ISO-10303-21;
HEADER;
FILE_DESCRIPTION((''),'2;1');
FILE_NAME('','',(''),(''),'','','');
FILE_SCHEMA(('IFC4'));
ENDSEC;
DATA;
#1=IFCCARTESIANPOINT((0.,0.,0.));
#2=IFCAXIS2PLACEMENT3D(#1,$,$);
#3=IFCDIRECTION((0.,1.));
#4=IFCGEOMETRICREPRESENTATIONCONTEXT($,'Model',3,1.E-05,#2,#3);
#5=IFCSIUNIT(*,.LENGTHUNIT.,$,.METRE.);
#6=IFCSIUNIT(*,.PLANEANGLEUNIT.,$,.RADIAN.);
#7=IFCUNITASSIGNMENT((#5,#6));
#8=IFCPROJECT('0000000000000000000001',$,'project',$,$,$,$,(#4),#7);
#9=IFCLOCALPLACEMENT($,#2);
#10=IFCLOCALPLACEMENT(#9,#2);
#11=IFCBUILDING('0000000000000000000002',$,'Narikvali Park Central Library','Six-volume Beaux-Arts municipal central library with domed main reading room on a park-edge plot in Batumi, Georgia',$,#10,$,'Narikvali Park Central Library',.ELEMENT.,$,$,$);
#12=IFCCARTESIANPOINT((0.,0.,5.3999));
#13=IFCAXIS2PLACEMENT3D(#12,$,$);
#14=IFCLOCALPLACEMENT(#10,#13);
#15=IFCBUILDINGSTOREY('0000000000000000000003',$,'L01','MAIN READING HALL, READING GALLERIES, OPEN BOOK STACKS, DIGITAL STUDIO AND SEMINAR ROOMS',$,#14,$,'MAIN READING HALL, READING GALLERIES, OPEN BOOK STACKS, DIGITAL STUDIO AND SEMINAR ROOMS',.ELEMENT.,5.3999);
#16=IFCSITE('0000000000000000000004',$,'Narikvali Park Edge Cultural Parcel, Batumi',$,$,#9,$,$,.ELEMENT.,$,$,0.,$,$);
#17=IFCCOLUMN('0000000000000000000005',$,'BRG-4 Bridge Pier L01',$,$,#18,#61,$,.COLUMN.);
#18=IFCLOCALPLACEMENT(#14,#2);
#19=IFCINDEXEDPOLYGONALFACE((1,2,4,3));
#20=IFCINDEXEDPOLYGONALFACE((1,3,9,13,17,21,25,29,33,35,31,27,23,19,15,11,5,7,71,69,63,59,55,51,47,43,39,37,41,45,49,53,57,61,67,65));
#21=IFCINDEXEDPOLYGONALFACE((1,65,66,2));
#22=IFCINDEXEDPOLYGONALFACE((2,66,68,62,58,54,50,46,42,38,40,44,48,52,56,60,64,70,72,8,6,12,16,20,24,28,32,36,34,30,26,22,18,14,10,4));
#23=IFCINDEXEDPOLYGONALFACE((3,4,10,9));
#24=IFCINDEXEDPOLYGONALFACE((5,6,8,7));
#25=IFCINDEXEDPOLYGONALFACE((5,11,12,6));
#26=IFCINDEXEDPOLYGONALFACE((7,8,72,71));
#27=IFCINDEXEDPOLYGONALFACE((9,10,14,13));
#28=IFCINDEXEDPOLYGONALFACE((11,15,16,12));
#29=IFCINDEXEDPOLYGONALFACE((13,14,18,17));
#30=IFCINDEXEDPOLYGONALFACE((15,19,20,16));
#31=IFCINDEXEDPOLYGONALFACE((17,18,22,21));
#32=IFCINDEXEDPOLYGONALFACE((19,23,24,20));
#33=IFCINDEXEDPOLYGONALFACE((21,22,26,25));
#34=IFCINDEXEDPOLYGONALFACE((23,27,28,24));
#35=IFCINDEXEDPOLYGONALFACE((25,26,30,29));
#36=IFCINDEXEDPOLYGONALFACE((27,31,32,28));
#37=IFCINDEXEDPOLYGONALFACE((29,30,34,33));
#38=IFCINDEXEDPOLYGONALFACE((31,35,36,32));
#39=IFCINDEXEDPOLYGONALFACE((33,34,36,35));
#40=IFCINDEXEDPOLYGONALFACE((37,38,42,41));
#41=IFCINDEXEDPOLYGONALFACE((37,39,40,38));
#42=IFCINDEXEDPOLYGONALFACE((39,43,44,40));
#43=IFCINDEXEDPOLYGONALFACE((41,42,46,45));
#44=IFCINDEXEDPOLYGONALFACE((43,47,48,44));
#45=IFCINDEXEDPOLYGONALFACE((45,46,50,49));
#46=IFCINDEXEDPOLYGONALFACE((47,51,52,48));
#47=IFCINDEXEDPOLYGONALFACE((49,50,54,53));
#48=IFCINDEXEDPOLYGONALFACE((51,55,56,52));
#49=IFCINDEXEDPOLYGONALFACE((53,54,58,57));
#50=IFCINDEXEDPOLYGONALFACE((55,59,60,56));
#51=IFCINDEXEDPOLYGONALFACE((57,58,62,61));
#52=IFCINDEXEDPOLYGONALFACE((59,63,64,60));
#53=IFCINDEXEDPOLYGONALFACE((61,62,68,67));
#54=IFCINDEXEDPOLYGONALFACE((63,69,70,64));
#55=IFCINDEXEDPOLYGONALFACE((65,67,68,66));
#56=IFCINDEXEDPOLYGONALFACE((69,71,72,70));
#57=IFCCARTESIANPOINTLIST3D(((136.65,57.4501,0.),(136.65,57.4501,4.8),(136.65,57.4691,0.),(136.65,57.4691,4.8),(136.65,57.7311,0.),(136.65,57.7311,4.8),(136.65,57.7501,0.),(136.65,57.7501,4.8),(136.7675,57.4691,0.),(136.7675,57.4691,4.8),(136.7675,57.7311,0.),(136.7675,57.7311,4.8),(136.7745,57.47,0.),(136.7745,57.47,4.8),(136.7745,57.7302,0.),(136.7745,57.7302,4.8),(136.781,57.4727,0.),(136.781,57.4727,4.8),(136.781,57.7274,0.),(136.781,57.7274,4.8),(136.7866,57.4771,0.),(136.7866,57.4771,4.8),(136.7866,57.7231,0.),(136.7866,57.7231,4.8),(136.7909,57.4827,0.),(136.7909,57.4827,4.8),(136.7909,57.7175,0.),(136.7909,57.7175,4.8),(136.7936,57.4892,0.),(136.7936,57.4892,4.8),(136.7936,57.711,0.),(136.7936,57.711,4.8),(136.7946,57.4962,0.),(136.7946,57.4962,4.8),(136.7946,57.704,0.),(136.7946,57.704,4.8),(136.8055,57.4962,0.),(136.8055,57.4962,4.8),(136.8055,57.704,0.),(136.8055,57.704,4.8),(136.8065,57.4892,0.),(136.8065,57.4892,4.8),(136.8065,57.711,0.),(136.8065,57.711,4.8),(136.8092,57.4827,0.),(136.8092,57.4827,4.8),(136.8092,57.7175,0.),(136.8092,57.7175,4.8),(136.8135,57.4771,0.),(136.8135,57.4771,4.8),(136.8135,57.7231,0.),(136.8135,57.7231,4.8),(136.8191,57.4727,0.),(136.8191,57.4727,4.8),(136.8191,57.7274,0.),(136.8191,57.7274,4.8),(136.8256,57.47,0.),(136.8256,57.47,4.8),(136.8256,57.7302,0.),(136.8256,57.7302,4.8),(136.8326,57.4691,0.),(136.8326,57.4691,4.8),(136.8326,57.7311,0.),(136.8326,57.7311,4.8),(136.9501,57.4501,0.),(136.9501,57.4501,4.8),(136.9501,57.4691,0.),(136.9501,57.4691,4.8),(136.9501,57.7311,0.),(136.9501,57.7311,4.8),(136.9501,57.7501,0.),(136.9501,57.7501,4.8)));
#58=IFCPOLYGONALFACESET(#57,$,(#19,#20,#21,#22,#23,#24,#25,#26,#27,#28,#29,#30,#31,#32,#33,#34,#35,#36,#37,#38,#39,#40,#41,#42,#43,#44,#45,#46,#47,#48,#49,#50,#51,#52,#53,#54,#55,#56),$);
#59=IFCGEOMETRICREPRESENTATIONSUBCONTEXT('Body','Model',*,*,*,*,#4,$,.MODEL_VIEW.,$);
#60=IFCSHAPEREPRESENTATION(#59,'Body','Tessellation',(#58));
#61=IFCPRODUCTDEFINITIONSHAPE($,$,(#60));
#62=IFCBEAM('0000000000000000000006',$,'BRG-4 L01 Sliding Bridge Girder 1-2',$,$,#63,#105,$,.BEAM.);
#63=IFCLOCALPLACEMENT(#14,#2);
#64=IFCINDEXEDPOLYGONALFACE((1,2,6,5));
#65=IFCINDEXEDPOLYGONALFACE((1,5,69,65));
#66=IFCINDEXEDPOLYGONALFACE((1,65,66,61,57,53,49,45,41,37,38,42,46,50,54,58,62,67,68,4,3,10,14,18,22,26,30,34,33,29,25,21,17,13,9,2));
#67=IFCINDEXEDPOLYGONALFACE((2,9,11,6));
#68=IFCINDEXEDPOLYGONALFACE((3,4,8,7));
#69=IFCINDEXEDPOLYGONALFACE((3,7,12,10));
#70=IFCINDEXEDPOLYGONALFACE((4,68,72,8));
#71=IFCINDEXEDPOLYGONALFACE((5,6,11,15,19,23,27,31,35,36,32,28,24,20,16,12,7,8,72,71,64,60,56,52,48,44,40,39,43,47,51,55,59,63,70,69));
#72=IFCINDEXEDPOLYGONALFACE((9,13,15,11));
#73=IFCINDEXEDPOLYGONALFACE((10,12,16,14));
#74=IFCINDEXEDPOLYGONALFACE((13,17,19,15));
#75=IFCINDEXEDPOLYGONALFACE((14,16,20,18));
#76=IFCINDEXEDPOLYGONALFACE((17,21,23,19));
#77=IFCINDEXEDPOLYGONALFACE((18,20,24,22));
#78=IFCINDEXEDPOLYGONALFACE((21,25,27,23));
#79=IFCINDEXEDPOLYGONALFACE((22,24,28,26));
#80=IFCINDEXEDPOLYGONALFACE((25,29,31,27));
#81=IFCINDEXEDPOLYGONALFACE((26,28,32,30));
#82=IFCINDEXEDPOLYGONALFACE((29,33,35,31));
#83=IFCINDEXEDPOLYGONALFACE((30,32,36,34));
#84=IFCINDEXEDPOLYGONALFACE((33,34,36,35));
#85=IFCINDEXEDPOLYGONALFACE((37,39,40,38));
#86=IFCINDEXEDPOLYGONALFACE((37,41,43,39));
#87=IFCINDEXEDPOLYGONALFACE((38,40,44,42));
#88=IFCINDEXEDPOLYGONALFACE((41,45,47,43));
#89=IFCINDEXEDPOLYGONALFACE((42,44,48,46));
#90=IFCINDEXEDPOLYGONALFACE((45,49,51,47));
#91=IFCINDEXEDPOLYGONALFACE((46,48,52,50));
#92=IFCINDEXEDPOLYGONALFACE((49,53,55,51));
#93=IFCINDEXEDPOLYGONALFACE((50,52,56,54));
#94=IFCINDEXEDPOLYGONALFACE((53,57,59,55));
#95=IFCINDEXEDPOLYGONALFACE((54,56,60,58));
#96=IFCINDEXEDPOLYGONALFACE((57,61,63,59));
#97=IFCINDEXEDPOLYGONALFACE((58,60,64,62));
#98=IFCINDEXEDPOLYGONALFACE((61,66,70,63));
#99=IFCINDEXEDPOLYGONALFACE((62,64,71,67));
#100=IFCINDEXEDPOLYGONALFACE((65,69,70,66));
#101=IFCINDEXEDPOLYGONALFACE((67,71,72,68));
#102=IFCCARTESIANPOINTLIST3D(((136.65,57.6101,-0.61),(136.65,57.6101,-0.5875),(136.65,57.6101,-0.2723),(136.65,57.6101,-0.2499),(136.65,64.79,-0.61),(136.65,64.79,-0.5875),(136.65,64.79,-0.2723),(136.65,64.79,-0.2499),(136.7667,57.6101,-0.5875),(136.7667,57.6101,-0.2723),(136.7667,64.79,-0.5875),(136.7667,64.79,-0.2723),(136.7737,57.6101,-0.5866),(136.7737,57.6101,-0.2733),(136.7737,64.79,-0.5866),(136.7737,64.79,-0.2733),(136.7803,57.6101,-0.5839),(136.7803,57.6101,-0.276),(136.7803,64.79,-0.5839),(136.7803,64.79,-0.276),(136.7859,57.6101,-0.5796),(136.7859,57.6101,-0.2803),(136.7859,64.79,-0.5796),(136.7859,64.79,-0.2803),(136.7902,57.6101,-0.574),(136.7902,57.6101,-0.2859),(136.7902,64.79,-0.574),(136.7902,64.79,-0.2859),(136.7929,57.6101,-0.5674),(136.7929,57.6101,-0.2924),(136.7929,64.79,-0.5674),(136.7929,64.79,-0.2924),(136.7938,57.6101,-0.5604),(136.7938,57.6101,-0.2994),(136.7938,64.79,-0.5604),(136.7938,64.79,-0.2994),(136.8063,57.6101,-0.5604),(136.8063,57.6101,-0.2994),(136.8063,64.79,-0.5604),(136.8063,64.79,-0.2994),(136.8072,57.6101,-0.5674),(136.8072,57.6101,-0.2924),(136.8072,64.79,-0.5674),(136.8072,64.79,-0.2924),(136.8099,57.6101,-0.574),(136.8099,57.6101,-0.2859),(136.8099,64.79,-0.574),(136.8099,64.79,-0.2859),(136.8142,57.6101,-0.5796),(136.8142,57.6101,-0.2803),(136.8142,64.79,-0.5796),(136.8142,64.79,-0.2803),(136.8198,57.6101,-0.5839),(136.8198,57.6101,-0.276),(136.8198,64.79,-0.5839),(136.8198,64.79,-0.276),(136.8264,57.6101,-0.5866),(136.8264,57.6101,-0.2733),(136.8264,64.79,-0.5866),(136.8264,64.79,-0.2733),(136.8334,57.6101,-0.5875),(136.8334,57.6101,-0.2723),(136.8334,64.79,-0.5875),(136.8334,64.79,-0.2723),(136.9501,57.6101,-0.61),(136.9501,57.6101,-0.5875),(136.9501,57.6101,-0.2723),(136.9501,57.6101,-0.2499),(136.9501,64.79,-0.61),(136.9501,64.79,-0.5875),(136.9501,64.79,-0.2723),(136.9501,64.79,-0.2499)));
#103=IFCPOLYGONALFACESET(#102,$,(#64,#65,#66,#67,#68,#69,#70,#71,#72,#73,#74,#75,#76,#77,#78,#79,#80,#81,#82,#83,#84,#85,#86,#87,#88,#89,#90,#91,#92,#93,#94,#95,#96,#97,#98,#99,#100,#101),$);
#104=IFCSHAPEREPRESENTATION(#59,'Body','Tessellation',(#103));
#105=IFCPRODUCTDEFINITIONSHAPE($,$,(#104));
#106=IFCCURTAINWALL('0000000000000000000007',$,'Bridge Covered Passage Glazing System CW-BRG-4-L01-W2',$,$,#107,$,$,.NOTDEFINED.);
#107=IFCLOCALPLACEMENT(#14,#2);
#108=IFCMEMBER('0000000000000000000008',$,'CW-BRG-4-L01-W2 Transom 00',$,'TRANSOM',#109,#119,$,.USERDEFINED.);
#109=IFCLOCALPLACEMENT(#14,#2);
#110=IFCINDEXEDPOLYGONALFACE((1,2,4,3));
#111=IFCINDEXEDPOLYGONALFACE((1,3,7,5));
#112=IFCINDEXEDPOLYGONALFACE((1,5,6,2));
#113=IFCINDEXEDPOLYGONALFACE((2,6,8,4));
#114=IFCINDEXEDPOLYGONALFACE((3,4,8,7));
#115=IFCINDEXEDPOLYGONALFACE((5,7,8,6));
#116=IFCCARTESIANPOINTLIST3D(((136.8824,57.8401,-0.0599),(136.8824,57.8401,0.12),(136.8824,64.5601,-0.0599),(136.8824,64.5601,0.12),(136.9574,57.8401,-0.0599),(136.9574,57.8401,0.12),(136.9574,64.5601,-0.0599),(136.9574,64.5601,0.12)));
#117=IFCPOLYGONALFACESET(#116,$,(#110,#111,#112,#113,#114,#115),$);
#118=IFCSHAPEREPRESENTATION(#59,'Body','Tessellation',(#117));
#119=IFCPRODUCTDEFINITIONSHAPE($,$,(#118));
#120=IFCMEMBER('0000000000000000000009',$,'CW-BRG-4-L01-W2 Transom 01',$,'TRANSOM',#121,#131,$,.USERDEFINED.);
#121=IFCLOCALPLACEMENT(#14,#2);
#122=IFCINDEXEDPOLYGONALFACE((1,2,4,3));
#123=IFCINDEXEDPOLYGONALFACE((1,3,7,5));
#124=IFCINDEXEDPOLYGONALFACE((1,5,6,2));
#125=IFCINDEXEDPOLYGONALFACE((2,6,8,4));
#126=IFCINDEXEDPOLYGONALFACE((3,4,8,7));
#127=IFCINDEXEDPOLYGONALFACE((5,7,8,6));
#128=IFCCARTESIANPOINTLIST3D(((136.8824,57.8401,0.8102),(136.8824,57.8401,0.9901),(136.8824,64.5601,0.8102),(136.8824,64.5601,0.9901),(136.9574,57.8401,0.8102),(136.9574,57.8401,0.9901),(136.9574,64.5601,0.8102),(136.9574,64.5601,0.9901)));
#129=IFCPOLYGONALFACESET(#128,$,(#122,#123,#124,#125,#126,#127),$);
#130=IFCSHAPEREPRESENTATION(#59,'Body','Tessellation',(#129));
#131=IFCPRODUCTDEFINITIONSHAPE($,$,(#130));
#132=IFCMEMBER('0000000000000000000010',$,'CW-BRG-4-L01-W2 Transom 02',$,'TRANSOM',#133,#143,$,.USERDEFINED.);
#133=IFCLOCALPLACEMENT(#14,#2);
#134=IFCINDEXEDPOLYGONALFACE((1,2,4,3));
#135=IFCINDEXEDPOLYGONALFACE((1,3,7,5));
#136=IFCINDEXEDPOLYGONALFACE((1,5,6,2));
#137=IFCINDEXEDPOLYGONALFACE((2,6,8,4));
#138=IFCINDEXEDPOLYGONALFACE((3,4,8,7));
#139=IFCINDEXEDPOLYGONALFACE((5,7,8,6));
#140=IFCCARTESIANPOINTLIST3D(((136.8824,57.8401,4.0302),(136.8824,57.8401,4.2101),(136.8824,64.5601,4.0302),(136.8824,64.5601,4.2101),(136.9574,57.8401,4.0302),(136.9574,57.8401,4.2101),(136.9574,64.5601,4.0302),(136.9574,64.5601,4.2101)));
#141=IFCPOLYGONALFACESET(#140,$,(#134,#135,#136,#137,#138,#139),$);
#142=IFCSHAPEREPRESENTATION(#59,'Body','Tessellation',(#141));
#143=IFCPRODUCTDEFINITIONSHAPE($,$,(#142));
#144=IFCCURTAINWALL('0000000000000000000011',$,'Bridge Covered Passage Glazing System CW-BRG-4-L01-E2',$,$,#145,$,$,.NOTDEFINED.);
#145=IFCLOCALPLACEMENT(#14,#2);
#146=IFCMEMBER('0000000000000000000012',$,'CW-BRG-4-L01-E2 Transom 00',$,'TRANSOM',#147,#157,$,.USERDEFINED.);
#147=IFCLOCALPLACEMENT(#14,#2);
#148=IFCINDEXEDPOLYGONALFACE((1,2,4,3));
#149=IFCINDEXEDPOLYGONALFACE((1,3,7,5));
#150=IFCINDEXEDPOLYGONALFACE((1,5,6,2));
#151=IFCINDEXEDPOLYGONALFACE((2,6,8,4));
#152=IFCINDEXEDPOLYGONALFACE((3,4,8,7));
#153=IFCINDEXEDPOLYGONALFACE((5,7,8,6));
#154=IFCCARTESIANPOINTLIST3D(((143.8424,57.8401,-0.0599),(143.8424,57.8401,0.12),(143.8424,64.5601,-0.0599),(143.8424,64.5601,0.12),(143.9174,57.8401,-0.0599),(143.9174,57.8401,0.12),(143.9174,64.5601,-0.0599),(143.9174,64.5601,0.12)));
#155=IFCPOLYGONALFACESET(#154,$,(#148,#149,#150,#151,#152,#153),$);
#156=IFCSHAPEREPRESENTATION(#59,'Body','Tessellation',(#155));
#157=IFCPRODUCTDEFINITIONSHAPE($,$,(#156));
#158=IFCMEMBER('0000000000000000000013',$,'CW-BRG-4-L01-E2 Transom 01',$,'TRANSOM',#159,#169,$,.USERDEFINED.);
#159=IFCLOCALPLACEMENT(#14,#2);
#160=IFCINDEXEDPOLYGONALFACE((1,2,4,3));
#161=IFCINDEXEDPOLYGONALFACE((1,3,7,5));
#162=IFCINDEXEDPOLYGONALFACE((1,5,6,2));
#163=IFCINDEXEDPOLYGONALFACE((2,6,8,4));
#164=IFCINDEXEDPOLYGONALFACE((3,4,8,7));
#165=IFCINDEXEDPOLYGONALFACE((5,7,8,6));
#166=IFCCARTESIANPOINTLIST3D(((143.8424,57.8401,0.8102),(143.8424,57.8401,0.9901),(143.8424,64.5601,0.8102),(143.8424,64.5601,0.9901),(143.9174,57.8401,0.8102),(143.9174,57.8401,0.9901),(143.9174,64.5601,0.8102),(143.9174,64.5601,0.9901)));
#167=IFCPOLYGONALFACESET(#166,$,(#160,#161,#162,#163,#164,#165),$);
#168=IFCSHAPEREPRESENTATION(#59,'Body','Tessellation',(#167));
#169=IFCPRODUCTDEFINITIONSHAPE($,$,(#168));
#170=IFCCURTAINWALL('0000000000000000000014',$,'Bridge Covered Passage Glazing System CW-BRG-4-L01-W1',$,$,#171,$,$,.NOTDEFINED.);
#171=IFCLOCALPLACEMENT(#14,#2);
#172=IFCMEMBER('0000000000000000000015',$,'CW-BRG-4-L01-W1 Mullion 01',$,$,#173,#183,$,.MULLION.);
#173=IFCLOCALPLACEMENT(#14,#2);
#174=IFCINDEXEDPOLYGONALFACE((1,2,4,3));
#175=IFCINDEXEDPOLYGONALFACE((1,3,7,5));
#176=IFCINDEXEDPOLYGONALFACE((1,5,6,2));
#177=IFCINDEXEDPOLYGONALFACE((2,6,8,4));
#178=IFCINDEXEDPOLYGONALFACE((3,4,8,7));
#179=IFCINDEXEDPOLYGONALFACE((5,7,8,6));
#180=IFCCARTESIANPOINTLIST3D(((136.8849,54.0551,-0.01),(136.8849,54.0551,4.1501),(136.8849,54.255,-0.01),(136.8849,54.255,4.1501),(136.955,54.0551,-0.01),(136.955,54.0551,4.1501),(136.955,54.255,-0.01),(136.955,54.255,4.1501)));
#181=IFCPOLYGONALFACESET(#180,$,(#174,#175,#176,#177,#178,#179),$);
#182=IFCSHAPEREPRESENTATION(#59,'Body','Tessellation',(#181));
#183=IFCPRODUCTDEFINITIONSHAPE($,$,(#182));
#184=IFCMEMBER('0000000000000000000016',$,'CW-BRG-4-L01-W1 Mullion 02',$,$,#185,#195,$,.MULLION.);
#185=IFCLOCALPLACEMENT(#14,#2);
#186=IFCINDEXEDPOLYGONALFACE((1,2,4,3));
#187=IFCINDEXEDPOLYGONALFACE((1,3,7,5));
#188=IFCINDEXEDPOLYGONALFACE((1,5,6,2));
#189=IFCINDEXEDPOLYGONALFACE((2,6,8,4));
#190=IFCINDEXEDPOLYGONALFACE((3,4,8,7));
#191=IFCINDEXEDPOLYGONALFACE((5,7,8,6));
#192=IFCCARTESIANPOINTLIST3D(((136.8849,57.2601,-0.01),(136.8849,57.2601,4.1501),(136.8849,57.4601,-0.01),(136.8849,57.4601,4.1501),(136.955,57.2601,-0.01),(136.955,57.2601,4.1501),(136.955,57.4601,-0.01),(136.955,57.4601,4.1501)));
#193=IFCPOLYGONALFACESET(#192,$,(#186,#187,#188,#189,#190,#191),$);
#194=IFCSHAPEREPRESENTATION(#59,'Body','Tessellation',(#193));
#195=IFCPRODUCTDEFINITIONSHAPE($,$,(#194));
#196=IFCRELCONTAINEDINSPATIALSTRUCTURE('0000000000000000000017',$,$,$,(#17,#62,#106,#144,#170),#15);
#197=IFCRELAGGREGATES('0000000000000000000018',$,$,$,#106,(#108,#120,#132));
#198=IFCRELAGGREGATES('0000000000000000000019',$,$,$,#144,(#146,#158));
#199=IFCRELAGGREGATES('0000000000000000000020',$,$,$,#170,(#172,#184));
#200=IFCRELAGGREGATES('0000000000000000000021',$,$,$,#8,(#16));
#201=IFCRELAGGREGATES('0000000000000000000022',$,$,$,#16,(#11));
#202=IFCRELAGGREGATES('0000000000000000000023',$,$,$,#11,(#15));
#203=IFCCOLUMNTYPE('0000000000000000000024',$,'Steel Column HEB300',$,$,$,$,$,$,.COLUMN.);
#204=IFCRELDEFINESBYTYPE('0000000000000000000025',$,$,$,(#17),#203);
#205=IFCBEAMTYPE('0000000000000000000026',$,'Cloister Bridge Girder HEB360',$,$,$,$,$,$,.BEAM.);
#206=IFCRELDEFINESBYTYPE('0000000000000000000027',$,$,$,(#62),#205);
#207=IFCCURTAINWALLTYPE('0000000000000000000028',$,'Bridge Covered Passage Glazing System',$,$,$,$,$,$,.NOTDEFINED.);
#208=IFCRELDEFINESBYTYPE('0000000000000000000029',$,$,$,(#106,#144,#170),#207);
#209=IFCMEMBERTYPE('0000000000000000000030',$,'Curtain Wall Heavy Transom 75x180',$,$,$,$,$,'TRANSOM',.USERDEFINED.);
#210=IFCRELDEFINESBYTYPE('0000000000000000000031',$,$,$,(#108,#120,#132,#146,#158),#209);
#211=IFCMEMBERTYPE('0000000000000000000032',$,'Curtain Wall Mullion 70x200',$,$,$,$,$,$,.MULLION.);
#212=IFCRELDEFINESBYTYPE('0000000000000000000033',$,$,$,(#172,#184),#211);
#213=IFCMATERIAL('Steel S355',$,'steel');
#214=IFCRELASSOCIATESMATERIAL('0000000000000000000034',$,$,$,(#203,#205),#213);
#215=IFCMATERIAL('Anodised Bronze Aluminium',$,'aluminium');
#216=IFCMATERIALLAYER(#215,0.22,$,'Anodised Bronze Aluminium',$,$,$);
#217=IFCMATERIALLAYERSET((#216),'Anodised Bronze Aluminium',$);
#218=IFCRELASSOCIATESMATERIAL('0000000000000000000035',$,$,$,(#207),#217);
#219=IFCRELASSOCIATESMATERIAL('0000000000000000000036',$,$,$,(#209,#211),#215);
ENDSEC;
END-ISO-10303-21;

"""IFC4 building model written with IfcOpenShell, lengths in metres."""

from ifc_helpers import new_model, si_unit, direction, frame, origin, origin_2d, place, context, subcontext, project, spatial, rectangle, i_section, extrude, material, layer, layer_set, material_profile, profile_set, type_object, element, aggregate, save


model = new_model("IFC4")

# Units and contexts
model_context = context("Model", 3, precision=1e-05, world=origin(), true_north=direction((0.0, 1.0)))
body_context = subcontext(model_context, "Body", "Model", "MODEL_VIEW")
ifc_project = project(units=[si_unit("LENGTHUNIT", "METRE"), si_unit("PLANEANGLEUNIT", "RADIAN")], contexts=[model_context])

# Site, building, storey
site_placement = place(None, origin())
site = spatial("IfcSite", under=ifc_project, at=site_placement, Name="Narikvali Park Edge Cultural Parcel, Batumi", CompositionType="ELEMENT", RefElevation=0.0)
building_placement = place(site_placement, origin())
building = spatial("IfcBuilding", under=site, at=building_placement, Name="Narikvali Park Central Library", Description="Six-volume Beaux-Arts municipal central library with domed main reading room on a park-edge plot in Batumi, Georgia", LongName="Narikvali Park Central Library", CompositionType="ELEMENT")
storey_placement = place(building_placement, frame((0.0, 0.0, 5.3999)))
storey = spatial("IfcBuildingStorey", under=building, at=storey_placement, Name="L01", Description="MAIN READING HALL, READING GALLERIES, OPEN BOOK STACKS, DIGITAL STUDIO AND SEMINAR ROOMS", LongName="MAIN READING HALL, READING GALLERIES, OPEN BOOK STACKS, DIGITAL STUDIO AND SEMINAR ROOMS", CompositionType="ELEMENT", Elevation=5.3999)

# Column
ifc_material_1 = material(Name="Steel S355", Category="steel")
ifc_material_profile_1 = material_profile(ifc_material_1, i_section(OverallWidth=0.3, OverallDepth=0.3, WebThickness=0.011, FlangeThickness=0.019, FilletRadius=0.0271, at=origin_2d()), Name="HEB 300")
ifc_profile_set_1 = profile_set([ifc_material_profile_1], Name="Steel S355")
column_type = type_object("IfcColumnType", Name="Steel Column HEB300", PredefinedType="COLUMN", material=ifc_profile_set_1)
column_placement = place(storey_placement, frame((136.8, 57.6001, 0.0), z_axis=(0.0, 0.0, 1.0), x_axis=(1.0, 0.0, 0.0)))
element("IfcColumn", 1, at=column_placement, inside=storey, type_object=column_type, Name="BRG-4 Bridge Pier L01", PredefinedType="COLUMN", context=body_context, shape_type="SweptSolid", body=[
    extrude(i_section(OverallWidth=0.3, OverallDepth=0.3, WebThickness=0.011, FlangeThickness=0.019, FilletRadius=0.0271, at=origin_2d()), origin(), (0.0, 0.0, 1.0), 4.8),
])

# Beam
ifc_material_profile_2 = material_profile(ifc_material_1, i_section(OverallWidth=0.3, OverallDepth=0.3601, WebThickness=0.0125, FlangeThickness=0.0225, FilletRadius=0.0271, at=origin_2d()), Name="HEB 360")
ifc_profile_set_2 = profile_set([ifc_material_profile_2], Name="Steel S355")
beam_type = type_object("IfcBeamType", Name="Cloister Bridge Girder HEB360", PredefinedType="BEAM", material=ifc_profile_set_2)
beam_placement = place(storey_placement, frame((136.8, 57.6101, -0.4299), z_axis=(0.0, 1.0, 0.0), x_axis=(-1.0, 0.0, 0.0)))
element("IfcBeam", 2, at=beam_placement, inside=storey, type_object=beam_type, Name="BRG-4 L01 Sliding Bridge Girder 1-2", PredefinedType="BEAM", context=body_context, shape_type="SweptSolid", body=[
    extrude(i_section(OverallWidth=0.3, OverallDepth=0.3601, WebThickness=0.0125, FlangeThickness=0.0225, FilletRadius=0.0271, at=origin_2d()), origin(), (0.0, 0.0, 1.0), 7.1799),
])

# Curtain walls, members
ifc_material_2 = material(Name="Anodised Bronze Aluminium", Category="aluminium")
ifc_layer_1 = layer(ifc_material_2, 0.22, Name="Anodised Bronze Aluminium")
ifc_layer_set_1 = layer_set([ifc_layer_1], Name="Anodised Bronze Aluminium")
curtain_wall_type = type_object("IfcCurtainWallType", Name="Bridge Covered Passage Glazing System", PredefinedType="NOTDEFINED", material=ifc_layer_set_1)
curtain_wall_1_placement = place(storey_placement, origin())
curtain_wall_1 = element("IfcCurtainWall", 3, at=curtain_wall_1_placement, inside=storey, type_object=curtain_wall_type, Name="Bridge Covered Passage Glazing System CW-BRG-4-L01-W2", PredefinedType="NOTDEFINED")
ifc_material_profile_3 = material_profile(ifc_material_2, rectangle(XDim=0.075, YDim=0.1799, at=origin_2d()), Name="CW TRANSOM 75x180")
ifc_profile_set_3 = profile_set([ifc_material_profile_3], Name="Anodised Bronze Aluminium")
member_type_1 = type_object("IfcMemberType", Name="Curtain Wall Heavy Transom 75x180", ElementType="TRANSOM", PredefinedType="USERDEFINED", material=ifc_profile_set_3)
member_1_placement = place(storey_placement, frame((136.9199, 57.8401, 0.03), z_axis=(0.0, 1.0, 0.0), x_axis=(-1.0, 0.0, 0.0)))
member_1 = element("IfcMember", 4, at=member_1_placement, type_object=member_type_1, Name="CW-BRG-4-L01-W2 Transom 00", ObjectType="TRANSOM", PredefinedType="USERDEFINED", context=body_context, shape_type="SweptSolid", body=[
    extrude(rectangle(XDim=0.075, YDim=0.1799, at=origin_2d()), origin(), (0.0, 0.0, 1.0), 6.72),
])
member_2_placement = place(storey_placement, frame((136.9199, 57.8401, 0.9001), z_axis=(0.0, 1.0, 0.0), x_axis=(-1.0, 0.0, 0.0)))
member_2 = element("IfcMember", 5, at=member_2_placement, type_object=member_type_1, Name="CW-BRG-4-L01-W2 Transom 01", ObjectType="TRANSOM", PredefinedType="USERDEFINED", context=body_context, shape_type="SweptSolid", body=[
    extrude(rectangle(XDim=0.075, YDim=0.1799, at=origin_2d()), origin(), (0.0, 0.0, 1.0), 6.72),
])
member_3_placement = place(storey_placement, frame((136.9199, 57.8401, 4.1201), z_axis=(0.0, 1.0, 0.0), x_axis=(-1.0, 0.0, 0.0)))
member_3 = element("IfcMember", 6, at=member_3_placement, type_object=member_type_1, Name="CW-BRG-4-L01-W2 Transom 02", ObjectType="TRANSOM", PredefinedType="USERDEFINED", context=body_context, shape_type="SweptSolid", body=[
    extrude(rectangle(XDim=0.075, YDim=0.1799, at=origin_2d()), origin(), (0.0, 0.0, 1.0), 6.72),
])
curtain_wall_2_placement = place(storey_placement, origin())
curtain_wall_2 = element("IfcCurtainWall", 7, at=curtain_wall_2_placement, inside=storey, type_object=curtain_wall_type, Name="Bridge Covered Passage Glazing System CW-BRG-4-L01-E2", PredefinedType="NOTDEFINED")
member_4_placement = place(storey_placement, frame((143.8799, 57.8401, 0.03), z_axis=(0.0, 1.0, 0.0), x_axis=(-1.0, 0.0, 0.0)))
member_4 = element("IfcMember", 8, at=member_4_placement, type_object=member_type_1, Name="CW-BRG-4-L01-E2 Transom 00", ObjectType="TRANSOM", PredefinedType="USERDEFINED", context=body_context, shape_type="SweptSolid", body=[
    extrude(rectangle(XDim=0.075, YDim=0.1799, at=origin_2d()), origin(), (0.0, 0.0, 1.0), 6.72),
])
member_5_placement = place(storey_placement, frame((143.8799, 57.8401, 0.9001), z_axis=(0.0, 1.0, 0.0), x_axis=(-1.0, 0.0, 0.0)))
member_5 = element("IfcMember", 9, at=member_5_placement, type_object=member_type_1, Name="CW-BRG-4-L01-E2 Transom 01", ObjectType="TRANSOM", PredefinedType="USERDEFINED", context=body_context, shape_type="SweptSolid", body=[
    extrude(rectangle(XDim=0.075, YDim=0.1799, at=origin_2d()), origin(), (0.0, 0.0, 1.0), 6.72),
])
curtain_wall_3_placement = place(storey_placement, origin())
curtain_wall_3 = element("IfcCurtainWall", 10, at=curtain_wall_3_placement, inside=storey, type_object=curtain_wall_type, Name="Bridge Covered Passage Glazing System CW-BRG-4-L01-W1", PredefinedType="NOTDEFINED")
ifc_material_profile_4 = material_profile(ifc_material_2, rectangle(XDim=0.0701, YDim=0.2, at=origin_2d()), Name="CW MULLION 70x200")
ifc_profile_set_4 = profile_set([ifc_material_profile_4], Name="Anodised Bronze Aluminium")
member_type_2 = type_object("IfcMemberType", Name="Curtain Wall Mullion 70x200", PredefinedType="MULLION", material=ifc_profile_set_4)
member_6_placement = place(storey_placement, frame((136.9199, 54.155, -0.01), z_axis=(0.0, 0.0, 1.0), x_axis=(1.0, 0.0, 0.0)))
member_6 = element("IfcMember", 11, at=member_6_placement, type_object=member_type_2, Name="CW-BRG-4-L01-W1 Mullion 01", PredefinedType="MULLION", context=body_context, shape_type="SweptSolid", body=[
    extrude(rectangle(XDim=0.0701, YDim=0.2, at=origin_2d()), origin(), (0.0, 0.0, 1.0), 4.1602),
])
member_7_placement = place(storey_placement, frame((136.9199, 57.3601, -0.01), z_axis=(0.0, 0.0, 1.0), x_axis=(1.0, 0.0, 0.0)))
member_7 = element("IfcMember", 12, at=member_7_placement, type_object=member_type_2, Name="CW-BRG-4-L01-W1 Mullion 02", PredefinedType="MULLION", context=body_context, shape_type="SweptSolid", body=[
    extrude(rectangle(XDim=0.0701, YDim=0.2, at=origin_2d()), origin(), (0.0, 0.0, 1.0), 4.1602),
])

aggregate(curtain_wall_1, [member_1, member_2, member_3])
aggregate(curtain_wall_2, [member_4, member_5])

aggregate(curtain_wall_3, [member_6, member_7])

save(model, "model.ifc")
